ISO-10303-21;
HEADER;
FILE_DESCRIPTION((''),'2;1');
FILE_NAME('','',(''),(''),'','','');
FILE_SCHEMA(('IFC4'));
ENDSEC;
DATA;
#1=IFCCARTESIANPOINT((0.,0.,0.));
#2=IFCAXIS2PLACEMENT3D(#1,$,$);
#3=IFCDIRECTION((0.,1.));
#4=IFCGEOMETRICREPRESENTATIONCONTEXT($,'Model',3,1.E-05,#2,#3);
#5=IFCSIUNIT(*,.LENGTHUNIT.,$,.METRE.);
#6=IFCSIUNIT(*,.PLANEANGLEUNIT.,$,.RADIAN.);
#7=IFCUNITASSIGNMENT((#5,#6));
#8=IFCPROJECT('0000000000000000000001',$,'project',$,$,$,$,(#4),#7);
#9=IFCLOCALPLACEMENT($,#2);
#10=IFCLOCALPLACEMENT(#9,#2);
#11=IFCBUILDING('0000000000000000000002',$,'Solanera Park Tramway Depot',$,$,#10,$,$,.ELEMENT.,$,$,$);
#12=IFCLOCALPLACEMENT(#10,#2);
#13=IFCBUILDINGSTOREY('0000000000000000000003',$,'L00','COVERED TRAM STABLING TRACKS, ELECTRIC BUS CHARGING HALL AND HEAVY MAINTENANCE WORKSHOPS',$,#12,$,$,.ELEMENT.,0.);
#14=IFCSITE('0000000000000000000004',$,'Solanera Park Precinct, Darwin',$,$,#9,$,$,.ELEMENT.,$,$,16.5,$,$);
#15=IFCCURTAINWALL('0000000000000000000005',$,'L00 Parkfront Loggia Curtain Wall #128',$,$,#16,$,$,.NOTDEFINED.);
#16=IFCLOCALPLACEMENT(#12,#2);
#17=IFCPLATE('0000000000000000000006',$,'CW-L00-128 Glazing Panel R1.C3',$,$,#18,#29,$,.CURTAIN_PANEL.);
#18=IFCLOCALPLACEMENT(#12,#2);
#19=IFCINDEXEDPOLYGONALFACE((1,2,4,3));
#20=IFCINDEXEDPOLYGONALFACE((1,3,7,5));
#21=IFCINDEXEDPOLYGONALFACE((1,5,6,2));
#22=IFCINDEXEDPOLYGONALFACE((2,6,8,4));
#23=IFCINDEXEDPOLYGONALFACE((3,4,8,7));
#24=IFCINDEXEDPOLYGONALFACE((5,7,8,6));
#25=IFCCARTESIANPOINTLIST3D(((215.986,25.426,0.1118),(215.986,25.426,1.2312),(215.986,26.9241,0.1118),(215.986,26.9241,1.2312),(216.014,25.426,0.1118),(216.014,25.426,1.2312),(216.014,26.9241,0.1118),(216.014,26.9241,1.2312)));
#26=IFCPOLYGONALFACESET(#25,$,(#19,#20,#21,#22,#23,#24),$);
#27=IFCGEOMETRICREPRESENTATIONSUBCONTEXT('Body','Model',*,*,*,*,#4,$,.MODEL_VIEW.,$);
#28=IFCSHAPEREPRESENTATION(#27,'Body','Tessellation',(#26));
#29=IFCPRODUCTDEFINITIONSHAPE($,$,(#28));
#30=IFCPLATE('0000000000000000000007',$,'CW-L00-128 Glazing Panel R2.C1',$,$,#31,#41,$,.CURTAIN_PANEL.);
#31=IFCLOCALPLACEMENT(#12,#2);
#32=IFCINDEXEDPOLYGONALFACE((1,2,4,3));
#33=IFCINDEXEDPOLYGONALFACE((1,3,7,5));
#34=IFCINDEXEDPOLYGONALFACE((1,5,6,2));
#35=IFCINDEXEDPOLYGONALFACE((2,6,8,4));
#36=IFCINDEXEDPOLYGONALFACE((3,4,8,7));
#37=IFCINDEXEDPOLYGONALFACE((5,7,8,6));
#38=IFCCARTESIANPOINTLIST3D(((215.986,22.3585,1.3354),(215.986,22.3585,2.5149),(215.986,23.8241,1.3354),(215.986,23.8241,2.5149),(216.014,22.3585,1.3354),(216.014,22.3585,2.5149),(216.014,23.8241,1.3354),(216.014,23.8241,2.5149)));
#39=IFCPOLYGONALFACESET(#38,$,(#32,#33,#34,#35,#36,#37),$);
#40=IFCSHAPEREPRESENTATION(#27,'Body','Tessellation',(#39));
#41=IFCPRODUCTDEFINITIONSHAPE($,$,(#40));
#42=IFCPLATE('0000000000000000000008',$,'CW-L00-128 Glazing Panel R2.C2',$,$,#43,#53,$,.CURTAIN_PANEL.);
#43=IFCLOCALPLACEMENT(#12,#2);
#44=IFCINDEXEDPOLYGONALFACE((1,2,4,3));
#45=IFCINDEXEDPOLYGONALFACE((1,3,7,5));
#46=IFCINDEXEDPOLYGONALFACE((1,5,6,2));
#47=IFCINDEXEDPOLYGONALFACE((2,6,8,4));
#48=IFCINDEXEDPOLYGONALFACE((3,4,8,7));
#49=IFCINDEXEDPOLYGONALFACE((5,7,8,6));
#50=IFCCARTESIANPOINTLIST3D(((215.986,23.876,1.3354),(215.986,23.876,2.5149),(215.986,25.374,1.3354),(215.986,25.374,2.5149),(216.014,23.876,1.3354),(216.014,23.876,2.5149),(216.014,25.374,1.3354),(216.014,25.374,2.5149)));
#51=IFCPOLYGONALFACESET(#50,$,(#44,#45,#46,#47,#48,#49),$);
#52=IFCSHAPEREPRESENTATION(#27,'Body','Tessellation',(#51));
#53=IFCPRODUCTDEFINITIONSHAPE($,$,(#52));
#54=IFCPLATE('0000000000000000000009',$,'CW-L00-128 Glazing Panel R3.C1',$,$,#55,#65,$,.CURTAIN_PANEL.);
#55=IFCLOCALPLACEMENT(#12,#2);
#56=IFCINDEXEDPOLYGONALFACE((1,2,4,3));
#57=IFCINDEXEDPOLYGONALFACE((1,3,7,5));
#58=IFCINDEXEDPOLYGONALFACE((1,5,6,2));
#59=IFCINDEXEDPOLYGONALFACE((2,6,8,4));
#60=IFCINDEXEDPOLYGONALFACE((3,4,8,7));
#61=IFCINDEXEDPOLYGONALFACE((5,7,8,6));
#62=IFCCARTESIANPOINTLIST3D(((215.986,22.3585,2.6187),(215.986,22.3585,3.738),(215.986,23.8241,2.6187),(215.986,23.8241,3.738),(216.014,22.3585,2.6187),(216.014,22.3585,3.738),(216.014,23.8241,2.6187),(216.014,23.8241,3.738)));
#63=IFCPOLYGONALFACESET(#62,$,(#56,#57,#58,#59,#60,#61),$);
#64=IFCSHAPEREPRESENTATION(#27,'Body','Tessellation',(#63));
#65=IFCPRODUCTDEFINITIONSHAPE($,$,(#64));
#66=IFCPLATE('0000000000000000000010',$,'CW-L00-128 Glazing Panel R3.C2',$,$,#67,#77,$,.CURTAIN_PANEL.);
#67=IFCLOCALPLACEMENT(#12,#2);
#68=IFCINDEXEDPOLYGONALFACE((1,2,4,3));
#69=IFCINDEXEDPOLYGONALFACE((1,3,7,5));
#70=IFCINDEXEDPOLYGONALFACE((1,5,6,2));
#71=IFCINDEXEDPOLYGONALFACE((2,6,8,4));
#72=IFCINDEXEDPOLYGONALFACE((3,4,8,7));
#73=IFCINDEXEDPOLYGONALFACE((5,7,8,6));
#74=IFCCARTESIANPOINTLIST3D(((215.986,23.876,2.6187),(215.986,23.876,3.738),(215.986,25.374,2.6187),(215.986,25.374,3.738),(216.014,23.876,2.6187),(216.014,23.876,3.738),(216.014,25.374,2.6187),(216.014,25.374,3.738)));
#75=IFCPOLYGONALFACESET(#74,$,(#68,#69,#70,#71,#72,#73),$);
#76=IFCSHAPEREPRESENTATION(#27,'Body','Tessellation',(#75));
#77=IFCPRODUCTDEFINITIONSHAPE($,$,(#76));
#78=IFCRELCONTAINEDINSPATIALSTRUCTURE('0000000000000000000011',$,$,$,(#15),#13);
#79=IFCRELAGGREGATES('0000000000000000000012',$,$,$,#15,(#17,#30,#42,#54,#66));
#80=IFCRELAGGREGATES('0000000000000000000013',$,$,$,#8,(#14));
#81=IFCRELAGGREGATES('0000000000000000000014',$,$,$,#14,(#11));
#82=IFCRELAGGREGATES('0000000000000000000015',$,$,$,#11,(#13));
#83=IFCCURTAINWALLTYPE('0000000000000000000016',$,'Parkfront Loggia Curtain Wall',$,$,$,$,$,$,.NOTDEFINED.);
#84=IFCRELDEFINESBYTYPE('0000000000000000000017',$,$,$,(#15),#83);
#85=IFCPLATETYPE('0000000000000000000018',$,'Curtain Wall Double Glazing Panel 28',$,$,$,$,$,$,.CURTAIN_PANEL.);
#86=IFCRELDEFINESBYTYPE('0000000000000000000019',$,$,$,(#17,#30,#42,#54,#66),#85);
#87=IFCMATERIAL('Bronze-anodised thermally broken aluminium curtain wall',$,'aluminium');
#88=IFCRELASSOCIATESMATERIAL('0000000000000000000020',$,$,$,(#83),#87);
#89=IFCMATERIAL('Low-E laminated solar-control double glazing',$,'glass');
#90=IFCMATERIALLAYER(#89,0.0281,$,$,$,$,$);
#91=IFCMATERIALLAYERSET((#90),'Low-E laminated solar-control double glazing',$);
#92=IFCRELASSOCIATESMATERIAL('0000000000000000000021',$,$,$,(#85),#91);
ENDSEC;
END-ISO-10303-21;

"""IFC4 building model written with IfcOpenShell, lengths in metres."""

from ifc_helpers import new_model, si_unit, direction, frame, origin, origin_2d, place, context, subcontext, project, spatial, rectangle, extrude, material, layer, layer_set, type_object, element, aggregate, save


model = new_model("IFC4")

# Units and contexts
model_context = context("Model", 3, precision=1e-05, world=origin(), true_north=direction((0.0, 1.0)))
body_context = subcontext(model_context, "Body", "Model", "MODEL_VIEW")
ifc_project = project(units=[si_unit("LENGTHUNIT", "METRE"), si_unit("PLANEANGLEUNIT", "RADIAN")], contexts=[model_context])

# Site, building, storey
site_placement = place(None, origin())
site = spatial("IfcSite", under=ifc_project, at=site_placement, Name="Solanera Park Precinct, Darwin", CompositionType="ELEMENT", RefElevation=16.5)
building_placement = place(site_placement, origin())
building = spatial("IfcBuilding", under=site, at=building_placement, Name="Solanera Park Tramway Depot", CompositionType="ELEMENT")
storey_placement = place(building_placement, origin())
storey = spatial("IfcBuildingStorey", under=building, at=storey_placement, Name="L00", Description="COVERED TRAM STABLING TRACKS, ELECTRIC BUS CHARGING HALL AND HEAVY MAINTENANCE WORKSHOPS", CompositionType="ELEMENT", Elevation=0.0)

# Shared definitions
ifc_material_1 = material(Name="Bronze-anodised thermally broken aluminium curtain wall", Category="aluminium")
curtain_wall_type = type_object("IfcCurtainWallType", Name="Parkfront Loggia Curtain Wall", PredefinedType="NOTDEFINED", material=ifc_material_1)

# Curtain wall
curtain_wall_1_placement = place(storey_placement, origin())
curtain_wall_1 = element("IfcCurtainWall", 1, at=curtain_wall_1_placement, inside=storey, type_object=curtain_wall_type, Name="L00 Parkfront Loggia Curtain Wall #128", PredefinedType="NOTDEFINED")

# Plates
ifc_material_2 = material(Name="Low-E laminated solar-control double glazing", Category="glass")
ifc_layer = layer(ifc_material_2, 0.0281)
ifc_layer_set = layer_set([ifc_layer], Name="Low-E laminated solar-control double glazing")
plate_type = type_object("IfcPlateType", Name="Curtain Wall Double Glazing Panel 28", PredefinedType="CURTAIN_PANEL", material=ifc_layer_set)
plate_1_placement = place(storey_placement, frame((216.0, 26.175, 0.1118), z_axis=(0.0, 0.0, 1.0), x_axis=(0.0, 1.0, 0.0)))
plate_1 = element("IfcPlate", 2, at=plate_1_placement, type_object=plate_type, Name="CW-L00-128 Glazing Panel R1.C3", PredefinedType="CURTAIN_PANEL", context=body_context, shape_type="SweptSolid", body=[
    extrude(rectangle(XDim=1.498, YDim=0.0281, at=origin_2d()), origin(), (0.0, 0.0, 1.0), 1.1194),
])
plate_2_placement = place(storey_placement, frame((216.0, 23.0913, 1.3354), z_axis=(0.0, 0.0, 1.0), x_axis=(0.0, 1.0, 0.0)))
plate_2 = element("IfcPlate", 3, at=plate_2_placement, type_object=plate_type, Name="CW-L00-128 Glazing Panel R2.C1", PredefinedType="CURTAIN_PANEL", context=body_context, shape_type="SweptSolid", body=[
    extrude(rectangle(XDim=1.4656, YDim=0.0281, at=origin_2d()), origin(), (0.0, 0.0, 1.0), 1.1794),
])
plate_3_placement = place(storey_placement, frame((216.0, 24.625, 1.3354), z_axis=(0.0, 0.0, 1.0), x_axis=(0.0, 1.0, 0.0)))
plate_3 = element("IfcPlate", 4, at=plate_3_placement, type_object=plate_type, Name="CW-L00-128 Glazing Panel R2.C2", PredefinedType="CURTAIN_PANEL", context=body_context, shape_type="SweptSolid", body=[
    extrude(rectangle(XDim=1.498, YDim=0.0281, at=origin_2d()), origin(), (0.0, 0.0, 1.0), 1.1794),
])
plate_4_placement = place(storey_placement, frame((216.0, 23.0913, 2.6187), z_axis=(0.0, 0.0, 1.0), x_axis=(0.0, 1.0, 0.0)))
plate_4 = element("IfcPlate", 5, at=plate_4_placement, type_object=plate_type, Name="CW-L00-128 Glazing Panel R3.C1", PredefinedType="CURTAIN_PANEL", context=body_context, shape_type="SweptSolid", body=[
    extrude(rectangle(XDim=1.4656, YDim=0.0281, at=origin_2d()), origin(), (0.0, 0.0, 1.0), 1.1194),
])
plate_5_placement = place(storey_placement, frame((216.0, 24.625, 2.6187), z_axis=(0.0, 0.0, 1.0), x_axis=(0.0, 1.0, 0.0)))
plate_5 = element("IfcPlate", 6, at=plate_5_placement, type_object=plate_type, Name="CW-L00-128 Glazing Panel R3.C2", PredefinedType="CURTAIN_PANEL", context=body_context, shape_type="SweptSolid", body=[
    extrude(rectangle(XDim=1.498, YDim=0.0281, at=origin_2d()), origin(), (0.0, 0.0, 1.0), 1.1194),
])
aggregate(curtain_wall_1, [plate_1, plate_2, plate_3, plate_4, plate_5])

save(model, "model.ifc")
